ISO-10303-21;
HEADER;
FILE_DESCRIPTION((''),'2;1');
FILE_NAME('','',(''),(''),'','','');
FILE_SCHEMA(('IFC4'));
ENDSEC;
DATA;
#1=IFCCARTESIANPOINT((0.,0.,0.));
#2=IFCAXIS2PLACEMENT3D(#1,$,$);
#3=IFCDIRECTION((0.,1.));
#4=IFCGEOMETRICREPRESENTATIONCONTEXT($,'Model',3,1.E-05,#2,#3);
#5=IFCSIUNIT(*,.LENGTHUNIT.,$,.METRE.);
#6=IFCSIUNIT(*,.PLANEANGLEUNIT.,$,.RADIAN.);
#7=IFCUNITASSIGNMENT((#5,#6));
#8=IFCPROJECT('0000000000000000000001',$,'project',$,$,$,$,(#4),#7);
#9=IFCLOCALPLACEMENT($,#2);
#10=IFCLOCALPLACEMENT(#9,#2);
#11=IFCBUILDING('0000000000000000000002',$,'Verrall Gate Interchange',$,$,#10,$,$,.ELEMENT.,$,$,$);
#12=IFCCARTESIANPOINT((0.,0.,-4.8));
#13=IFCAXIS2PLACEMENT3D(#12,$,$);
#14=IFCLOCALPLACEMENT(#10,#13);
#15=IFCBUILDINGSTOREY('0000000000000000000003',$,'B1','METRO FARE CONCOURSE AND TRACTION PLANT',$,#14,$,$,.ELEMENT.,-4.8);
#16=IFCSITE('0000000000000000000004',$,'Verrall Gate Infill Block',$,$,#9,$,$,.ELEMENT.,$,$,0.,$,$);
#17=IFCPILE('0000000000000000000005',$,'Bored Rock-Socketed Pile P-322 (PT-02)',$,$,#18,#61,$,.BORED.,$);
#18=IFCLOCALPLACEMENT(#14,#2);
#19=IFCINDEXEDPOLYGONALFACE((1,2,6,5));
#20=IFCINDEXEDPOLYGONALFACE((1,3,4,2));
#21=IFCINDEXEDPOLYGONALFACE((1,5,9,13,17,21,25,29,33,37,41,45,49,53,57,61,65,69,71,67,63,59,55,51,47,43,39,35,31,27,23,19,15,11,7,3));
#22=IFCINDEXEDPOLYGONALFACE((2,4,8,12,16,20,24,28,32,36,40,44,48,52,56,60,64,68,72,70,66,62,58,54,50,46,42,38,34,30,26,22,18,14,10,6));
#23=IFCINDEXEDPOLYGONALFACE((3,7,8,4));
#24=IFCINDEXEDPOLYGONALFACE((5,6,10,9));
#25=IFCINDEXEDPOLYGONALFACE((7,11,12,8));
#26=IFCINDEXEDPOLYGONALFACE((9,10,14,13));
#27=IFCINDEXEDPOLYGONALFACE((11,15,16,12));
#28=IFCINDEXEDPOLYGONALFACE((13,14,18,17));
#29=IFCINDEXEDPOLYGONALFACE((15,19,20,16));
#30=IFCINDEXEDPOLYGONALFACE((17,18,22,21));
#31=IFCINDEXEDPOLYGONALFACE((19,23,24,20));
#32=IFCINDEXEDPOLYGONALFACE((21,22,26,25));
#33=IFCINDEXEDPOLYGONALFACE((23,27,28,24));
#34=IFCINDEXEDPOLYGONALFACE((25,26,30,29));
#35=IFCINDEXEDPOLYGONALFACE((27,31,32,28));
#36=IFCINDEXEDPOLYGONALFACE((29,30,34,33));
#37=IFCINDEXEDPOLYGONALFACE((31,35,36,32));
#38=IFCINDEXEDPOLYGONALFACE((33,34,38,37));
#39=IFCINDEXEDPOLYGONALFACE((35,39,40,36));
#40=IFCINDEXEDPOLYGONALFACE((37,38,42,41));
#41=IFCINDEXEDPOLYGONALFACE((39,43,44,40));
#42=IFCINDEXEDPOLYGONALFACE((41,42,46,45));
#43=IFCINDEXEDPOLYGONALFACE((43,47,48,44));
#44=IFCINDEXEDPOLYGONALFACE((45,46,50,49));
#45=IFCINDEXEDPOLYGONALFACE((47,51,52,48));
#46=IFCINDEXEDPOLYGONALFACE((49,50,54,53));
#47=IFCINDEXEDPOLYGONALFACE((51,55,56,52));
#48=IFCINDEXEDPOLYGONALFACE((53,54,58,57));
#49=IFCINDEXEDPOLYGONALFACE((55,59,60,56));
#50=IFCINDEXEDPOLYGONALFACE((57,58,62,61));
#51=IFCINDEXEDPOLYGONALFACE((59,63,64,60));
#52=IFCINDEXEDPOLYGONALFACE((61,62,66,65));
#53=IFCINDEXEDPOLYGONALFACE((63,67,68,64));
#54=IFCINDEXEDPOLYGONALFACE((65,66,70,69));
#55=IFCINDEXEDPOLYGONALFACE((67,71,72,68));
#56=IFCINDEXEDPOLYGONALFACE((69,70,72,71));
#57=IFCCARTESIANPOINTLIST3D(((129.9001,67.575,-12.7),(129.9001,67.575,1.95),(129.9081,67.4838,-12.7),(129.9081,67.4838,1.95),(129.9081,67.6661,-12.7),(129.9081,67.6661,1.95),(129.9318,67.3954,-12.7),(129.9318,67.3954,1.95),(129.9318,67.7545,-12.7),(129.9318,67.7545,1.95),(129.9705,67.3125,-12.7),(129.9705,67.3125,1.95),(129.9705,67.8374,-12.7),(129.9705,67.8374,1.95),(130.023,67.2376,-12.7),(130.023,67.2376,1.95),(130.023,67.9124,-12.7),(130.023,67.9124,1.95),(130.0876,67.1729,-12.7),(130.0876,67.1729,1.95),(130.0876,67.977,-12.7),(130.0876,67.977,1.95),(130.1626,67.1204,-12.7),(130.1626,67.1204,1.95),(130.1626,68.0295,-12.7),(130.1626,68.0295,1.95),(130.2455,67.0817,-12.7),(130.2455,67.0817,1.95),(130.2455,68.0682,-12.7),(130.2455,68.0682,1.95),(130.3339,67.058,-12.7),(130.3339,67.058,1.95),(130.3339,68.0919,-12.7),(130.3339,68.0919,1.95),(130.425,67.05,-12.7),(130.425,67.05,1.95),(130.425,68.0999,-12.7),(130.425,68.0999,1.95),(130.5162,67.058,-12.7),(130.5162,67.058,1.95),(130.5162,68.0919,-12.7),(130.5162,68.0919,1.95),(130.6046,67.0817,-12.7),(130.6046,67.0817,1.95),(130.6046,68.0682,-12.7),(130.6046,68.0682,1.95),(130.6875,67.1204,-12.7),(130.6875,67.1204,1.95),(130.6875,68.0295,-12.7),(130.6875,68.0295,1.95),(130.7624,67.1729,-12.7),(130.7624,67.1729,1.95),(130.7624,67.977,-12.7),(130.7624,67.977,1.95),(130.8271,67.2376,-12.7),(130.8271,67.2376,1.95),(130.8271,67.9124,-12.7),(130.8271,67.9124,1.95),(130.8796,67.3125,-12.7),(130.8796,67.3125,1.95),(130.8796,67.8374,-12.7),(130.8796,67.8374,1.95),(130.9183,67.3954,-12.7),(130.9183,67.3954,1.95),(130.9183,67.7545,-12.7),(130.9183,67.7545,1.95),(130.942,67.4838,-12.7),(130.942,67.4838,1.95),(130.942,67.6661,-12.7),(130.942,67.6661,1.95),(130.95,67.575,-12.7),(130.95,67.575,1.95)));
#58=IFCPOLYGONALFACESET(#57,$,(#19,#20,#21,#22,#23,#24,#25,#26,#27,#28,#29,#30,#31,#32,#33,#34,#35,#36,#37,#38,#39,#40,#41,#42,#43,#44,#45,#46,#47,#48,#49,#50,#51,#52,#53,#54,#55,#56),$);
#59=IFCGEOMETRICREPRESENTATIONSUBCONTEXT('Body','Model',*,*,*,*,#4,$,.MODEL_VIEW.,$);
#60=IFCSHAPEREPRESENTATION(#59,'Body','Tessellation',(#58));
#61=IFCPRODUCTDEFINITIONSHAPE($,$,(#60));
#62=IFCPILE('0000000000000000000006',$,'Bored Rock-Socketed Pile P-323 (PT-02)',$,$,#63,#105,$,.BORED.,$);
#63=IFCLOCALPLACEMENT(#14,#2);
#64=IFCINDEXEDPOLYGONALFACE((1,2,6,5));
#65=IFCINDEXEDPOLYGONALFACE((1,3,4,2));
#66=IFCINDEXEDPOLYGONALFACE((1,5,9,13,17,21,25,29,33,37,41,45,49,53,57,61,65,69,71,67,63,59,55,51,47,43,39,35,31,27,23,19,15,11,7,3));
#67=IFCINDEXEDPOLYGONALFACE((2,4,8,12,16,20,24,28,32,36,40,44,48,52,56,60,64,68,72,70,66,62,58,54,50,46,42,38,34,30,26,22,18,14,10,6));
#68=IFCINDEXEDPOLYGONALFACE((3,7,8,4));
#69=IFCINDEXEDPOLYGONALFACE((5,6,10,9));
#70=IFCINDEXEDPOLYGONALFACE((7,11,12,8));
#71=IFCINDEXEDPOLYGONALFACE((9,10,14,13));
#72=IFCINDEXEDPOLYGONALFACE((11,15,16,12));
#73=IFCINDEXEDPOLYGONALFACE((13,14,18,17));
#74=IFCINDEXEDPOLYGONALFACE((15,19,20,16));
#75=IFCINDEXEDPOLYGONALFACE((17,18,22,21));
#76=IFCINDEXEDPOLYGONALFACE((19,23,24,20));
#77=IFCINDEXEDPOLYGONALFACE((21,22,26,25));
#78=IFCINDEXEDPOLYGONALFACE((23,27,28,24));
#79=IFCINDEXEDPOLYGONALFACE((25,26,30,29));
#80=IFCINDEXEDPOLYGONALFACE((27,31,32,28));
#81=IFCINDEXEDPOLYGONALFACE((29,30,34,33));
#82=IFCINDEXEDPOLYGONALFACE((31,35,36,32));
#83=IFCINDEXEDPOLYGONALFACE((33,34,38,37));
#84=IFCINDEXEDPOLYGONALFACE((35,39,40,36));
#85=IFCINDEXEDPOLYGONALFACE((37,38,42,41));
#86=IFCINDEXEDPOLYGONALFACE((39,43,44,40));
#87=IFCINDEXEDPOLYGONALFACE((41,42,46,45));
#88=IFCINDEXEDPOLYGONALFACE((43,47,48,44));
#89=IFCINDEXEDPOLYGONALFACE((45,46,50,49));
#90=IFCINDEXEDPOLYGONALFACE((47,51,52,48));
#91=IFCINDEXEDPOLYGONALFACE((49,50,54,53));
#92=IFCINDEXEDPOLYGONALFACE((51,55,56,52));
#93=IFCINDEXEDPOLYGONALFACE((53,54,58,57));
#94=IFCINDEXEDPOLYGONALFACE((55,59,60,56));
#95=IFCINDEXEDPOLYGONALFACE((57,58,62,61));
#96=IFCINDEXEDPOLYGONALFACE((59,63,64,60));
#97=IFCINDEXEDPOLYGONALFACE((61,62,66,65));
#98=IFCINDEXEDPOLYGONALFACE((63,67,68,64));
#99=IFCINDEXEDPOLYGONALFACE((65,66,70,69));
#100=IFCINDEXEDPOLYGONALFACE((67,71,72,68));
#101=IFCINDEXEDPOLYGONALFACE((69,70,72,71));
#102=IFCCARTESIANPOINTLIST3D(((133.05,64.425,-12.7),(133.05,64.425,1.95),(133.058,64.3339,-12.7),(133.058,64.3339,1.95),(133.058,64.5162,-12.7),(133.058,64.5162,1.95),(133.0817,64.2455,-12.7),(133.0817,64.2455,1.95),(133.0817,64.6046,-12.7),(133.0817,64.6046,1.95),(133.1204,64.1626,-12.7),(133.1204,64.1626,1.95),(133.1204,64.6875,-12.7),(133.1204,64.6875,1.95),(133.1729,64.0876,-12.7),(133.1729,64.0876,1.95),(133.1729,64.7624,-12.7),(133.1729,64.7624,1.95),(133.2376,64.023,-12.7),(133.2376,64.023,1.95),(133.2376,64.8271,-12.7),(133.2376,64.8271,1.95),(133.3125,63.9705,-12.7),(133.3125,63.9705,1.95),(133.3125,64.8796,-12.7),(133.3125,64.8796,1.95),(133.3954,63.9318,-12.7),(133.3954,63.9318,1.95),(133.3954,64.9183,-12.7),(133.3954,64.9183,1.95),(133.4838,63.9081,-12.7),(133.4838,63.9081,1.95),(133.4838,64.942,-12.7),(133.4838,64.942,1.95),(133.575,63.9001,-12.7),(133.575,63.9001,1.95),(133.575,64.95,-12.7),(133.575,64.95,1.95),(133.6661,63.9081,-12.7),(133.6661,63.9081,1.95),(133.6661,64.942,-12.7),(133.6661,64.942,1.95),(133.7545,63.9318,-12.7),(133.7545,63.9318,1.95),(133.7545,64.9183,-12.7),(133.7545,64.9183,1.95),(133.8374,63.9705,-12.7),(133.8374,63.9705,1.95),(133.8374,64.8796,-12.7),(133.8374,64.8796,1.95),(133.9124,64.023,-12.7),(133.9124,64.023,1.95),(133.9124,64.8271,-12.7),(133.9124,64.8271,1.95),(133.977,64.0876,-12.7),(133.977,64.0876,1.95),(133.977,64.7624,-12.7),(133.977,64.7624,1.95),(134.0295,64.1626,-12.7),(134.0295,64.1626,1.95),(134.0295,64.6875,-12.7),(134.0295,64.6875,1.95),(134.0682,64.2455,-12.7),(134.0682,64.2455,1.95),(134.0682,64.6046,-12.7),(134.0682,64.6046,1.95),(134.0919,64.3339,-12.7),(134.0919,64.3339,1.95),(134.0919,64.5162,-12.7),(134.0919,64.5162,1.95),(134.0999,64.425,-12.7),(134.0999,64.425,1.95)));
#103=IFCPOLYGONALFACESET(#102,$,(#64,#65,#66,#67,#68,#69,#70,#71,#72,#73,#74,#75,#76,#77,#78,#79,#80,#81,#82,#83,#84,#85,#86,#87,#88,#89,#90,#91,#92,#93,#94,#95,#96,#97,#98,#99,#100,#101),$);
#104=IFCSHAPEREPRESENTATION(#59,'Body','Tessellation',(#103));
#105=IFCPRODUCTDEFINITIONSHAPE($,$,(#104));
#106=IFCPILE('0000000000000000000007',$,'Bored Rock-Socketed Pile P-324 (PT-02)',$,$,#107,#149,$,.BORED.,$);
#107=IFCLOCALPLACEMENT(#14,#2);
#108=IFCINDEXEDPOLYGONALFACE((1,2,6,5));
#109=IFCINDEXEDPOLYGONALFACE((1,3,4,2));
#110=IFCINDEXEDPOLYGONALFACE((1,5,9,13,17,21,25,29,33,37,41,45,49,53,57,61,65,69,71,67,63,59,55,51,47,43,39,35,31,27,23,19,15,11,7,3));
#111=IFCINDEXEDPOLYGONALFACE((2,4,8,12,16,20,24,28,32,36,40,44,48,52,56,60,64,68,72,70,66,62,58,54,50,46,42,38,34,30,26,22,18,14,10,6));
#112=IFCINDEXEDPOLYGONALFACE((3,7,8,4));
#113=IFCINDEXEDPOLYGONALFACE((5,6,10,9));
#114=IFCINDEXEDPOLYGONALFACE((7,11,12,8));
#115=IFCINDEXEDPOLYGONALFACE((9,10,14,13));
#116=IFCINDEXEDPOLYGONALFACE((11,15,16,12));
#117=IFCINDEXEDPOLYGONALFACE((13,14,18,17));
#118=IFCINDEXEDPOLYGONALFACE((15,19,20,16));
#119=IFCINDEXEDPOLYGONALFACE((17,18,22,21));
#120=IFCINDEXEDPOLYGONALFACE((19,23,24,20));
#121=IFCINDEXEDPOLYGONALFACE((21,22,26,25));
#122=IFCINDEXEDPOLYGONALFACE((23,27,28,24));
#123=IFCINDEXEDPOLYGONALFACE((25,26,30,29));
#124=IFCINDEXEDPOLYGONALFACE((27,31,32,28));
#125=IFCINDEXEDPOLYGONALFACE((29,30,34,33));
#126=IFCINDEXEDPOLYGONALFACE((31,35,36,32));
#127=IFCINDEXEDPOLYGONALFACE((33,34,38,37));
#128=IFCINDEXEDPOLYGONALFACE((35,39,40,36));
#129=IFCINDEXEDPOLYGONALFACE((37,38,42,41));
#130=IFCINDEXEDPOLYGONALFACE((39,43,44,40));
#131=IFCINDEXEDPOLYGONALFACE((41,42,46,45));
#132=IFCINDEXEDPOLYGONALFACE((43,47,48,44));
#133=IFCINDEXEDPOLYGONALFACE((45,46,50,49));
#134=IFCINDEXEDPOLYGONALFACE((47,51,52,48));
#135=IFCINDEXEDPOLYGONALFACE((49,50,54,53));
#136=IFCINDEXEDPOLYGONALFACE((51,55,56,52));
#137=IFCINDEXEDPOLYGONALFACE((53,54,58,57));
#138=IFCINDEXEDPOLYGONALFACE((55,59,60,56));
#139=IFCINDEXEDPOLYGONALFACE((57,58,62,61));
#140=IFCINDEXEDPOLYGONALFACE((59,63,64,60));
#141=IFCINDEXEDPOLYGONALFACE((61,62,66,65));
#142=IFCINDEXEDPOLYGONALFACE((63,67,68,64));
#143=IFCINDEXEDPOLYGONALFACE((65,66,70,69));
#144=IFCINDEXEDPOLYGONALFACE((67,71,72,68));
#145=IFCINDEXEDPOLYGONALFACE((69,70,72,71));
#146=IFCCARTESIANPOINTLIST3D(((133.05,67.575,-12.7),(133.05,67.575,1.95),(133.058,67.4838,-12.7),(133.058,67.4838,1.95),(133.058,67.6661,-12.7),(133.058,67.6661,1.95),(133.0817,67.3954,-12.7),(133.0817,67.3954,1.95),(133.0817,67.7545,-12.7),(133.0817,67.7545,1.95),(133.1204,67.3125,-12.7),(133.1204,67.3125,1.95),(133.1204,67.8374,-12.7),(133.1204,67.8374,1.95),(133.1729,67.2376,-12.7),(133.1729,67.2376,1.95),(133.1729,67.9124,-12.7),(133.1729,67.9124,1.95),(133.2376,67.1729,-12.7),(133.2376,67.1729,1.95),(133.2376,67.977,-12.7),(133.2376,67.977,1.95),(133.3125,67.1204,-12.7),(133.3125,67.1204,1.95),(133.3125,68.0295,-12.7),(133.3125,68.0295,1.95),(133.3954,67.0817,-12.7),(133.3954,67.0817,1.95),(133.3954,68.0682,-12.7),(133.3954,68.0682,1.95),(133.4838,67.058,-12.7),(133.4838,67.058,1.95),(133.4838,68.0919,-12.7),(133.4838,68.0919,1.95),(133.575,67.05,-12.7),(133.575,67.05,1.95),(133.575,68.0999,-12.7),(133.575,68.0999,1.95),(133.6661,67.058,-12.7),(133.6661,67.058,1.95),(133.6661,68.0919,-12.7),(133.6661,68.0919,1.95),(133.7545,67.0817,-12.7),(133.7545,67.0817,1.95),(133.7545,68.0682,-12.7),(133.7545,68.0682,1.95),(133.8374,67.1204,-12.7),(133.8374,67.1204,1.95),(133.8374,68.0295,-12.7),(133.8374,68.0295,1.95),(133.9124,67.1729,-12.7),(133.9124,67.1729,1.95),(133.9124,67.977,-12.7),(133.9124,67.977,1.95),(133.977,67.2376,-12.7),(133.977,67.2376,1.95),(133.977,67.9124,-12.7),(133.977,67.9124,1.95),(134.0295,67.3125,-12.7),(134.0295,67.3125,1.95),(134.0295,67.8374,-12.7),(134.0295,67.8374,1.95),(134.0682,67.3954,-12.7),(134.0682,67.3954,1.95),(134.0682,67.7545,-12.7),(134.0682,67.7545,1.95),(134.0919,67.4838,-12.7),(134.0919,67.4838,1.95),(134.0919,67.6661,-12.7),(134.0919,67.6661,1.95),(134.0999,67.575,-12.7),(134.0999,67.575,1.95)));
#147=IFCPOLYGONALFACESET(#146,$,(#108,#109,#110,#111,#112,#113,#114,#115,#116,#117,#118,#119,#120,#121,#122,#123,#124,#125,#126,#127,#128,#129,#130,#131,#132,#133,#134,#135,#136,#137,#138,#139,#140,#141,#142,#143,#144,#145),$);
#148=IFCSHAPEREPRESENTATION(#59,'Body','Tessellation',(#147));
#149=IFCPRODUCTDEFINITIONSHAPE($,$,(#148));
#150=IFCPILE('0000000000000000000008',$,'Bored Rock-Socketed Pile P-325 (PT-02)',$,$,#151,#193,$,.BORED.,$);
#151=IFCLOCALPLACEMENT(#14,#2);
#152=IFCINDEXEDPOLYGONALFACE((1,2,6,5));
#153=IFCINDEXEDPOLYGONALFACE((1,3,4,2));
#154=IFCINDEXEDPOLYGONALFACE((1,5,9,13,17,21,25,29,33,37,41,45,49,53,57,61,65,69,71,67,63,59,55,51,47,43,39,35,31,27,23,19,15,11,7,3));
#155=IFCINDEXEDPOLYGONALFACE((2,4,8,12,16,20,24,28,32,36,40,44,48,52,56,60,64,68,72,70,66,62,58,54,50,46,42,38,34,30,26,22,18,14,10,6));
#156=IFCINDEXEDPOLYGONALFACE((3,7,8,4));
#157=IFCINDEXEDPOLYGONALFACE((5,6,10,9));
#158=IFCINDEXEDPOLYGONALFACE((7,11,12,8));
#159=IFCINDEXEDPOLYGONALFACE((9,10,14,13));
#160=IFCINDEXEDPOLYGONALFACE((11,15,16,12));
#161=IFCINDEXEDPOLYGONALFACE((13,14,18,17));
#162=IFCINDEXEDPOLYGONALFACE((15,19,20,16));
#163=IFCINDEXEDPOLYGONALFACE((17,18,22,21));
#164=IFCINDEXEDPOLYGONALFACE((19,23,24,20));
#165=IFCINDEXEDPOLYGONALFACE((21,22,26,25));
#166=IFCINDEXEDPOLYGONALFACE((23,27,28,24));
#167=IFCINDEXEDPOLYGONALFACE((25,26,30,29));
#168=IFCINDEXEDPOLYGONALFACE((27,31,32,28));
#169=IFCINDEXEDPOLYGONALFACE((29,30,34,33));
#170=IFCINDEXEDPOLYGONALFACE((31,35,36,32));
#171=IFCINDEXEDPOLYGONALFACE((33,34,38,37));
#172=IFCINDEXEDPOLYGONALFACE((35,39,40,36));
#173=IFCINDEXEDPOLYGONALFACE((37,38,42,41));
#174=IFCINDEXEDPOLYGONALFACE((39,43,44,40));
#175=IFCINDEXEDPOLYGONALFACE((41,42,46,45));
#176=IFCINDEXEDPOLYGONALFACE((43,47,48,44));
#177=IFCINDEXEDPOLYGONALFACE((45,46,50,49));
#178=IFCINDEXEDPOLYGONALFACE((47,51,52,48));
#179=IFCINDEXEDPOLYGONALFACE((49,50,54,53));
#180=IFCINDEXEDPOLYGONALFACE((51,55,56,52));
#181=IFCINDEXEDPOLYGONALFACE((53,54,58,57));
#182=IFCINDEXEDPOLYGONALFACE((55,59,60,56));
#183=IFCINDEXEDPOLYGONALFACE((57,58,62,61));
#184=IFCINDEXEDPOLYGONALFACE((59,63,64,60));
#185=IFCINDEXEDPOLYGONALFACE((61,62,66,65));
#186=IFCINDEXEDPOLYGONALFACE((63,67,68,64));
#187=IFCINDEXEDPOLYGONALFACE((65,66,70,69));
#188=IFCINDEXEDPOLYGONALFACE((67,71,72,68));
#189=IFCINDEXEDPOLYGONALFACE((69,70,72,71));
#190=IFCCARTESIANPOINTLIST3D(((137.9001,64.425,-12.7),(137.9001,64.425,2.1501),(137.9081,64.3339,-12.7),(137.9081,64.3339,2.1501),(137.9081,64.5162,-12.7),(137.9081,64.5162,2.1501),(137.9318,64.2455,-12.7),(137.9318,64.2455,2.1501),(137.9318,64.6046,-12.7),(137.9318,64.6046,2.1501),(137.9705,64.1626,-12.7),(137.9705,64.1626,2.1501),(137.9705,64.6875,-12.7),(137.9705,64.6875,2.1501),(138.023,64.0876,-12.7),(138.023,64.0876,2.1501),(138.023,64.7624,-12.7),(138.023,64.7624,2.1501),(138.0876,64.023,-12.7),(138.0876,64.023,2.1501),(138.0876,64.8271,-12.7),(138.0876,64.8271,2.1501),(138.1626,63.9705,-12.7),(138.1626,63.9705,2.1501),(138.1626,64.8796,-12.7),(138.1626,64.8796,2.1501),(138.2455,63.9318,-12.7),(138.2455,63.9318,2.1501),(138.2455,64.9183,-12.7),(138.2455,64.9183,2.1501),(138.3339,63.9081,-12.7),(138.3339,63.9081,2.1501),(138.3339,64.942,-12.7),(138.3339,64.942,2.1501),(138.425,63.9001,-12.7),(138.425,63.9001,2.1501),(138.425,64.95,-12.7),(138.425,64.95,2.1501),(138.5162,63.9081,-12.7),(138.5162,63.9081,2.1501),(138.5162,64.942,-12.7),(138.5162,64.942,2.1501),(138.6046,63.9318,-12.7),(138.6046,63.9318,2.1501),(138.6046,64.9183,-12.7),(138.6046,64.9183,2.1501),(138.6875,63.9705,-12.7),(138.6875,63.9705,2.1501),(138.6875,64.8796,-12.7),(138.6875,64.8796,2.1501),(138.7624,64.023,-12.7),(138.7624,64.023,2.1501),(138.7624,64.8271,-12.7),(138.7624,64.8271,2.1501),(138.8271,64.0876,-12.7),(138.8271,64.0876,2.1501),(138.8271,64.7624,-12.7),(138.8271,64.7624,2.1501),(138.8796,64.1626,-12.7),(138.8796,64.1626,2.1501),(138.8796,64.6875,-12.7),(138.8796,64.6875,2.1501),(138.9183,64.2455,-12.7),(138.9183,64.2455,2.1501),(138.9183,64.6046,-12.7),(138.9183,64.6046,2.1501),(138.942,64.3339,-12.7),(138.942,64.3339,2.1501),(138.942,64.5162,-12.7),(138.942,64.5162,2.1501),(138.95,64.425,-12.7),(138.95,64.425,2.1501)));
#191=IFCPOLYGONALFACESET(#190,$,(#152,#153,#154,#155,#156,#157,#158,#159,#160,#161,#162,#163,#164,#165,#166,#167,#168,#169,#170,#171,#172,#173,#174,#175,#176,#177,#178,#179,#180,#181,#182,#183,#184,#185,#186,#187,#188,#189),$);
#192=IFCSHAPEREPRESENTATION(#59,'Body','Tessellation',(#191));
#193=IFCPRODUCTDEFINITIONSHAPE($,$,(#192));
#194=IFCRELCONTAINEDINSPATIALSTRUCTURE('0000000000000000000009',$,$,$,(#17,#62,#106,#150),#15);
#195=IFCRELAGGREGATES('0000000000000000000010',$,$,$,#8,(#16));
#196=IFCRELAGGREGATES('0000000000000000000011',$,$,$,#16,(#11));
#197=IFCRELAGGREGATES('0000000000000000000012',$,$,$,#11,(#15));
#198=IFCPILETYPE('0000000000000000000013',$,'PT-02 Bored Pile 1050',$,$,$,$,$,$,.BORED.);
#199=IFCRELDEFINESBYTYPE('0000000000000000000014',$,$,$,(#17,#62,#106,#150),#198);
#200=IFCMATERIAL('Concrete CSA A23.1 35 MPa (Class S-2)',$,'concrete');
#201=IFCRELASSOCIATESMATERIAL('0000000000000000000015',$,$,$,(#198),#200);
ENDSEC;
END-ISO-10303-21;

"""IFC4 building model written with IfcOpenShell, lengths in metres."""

from ifc_helpers import new_model, si_unit, direction, frame, origin, origin_2d, place, context, subcontext, project, spatial, circle, extrude, material, material_profile, profile_set, type_object, element, save


model = new_model("IFC4")

# Units and contexts
model_context = context("Model", 3, precision=1e-05, world=origin(), true_north=direction((0.0, 1.0)))
body_context = subcontext(model_context, "Body", "Model", "MODEL_VIEW")
ifc_project = project(units=[si_unit("LENGTHUNIT", "METRE"), si_unit("PLANEANGLEUNIT", "RADIAN")], contexts=[model_context])

# Site, building, storey
site_placement = place(None, origin())
site = spatial("IfcSite", under=ifc_project, at=site_placement, Name="Verrall Gate Infill Block", CompositionType="ELEMENT", RefElevation=0.0)
building_placement = place(site_placement, origin())
building = spatial("IfcBuilding", under=site, at=building_placement, Name="Verrall Gate Interchange", CompositionType="ELEMENT")
storey_placement = place(building_placement, frame((0.0, 0.0, -4.8)))
storey = spatial("IfcBuildingStorey", under=building, at=storey_placement, Name="B1", Description="METRO FARE CONCOURSE AND TRACTION PLANT", CompositionType="ELEMENT", Elevation=-4.8)

# Piles
ifc_material_1 = material(Name="Concrete CSA A23.1 35 MPa (Class S-2)", Category="concrete")
ifc_material_profile_1 = material_profile(ifc_material_1, circle(Radius=0.5249, at=origin_2d()), Name="PILE1050D")
ifc_profile_set_1 = profile_set([ifc_material_profile_1], Name="Concrete CSA A23.1 35 MPa (Class S-2)")
pile_type = type_object("IfcPileType", Name="PT-02 Bored Pile 1050", PredefinedType="BORED", material=ifc_profile_set_1)
for number, where, z_axis, x_axis, name in (
    (1, (130.425, 67.575, 1.95), (0.0, 0.0, -1.0), (1.0, 0.0, 0.0), "Bored Rock-Socketed Pile P-322 (PT-02)"),
    (2, (133.575, 64.425, 1.95), (0.0, 0.0, -1.0), (1.0, 0.0, 0.0), "Bored Rock-Socketed Pile P-323 (PT-02)"),
    (3, (133.575, 67.575, 1.95), (0.0, 0.0, -1.0), (1.0, 0.0, 0.0), "Bored Rock-Socketed Pile P-324 (PT-02)"),
):
    element("IfcPile", number, at=place(storey_placement, frame(where, z_axis=z_axis, x_axis=x_axis)), inside=storey, type_object=pile_type, Name=name, PredefinedType="BORED", context=body_context, shape_type="SweptSolid", body=[
        extrude(circle(Radius=0.5249, at=origin_2d()), origin(), (0.0, 0.0, 1.0), 14.6499),
    ])
for number, where, z_axis, x_axis, name in (
    (4, (138.425, 64.425, 2.1501), (0.0, 0.0, -1.0), (1.0, 0.0, 0.0), "Bored Rock-Socketed Pile P-325 (PT-02)"),
):
    element("IfcPile", number, at=place(storey_placement, frame(where, z_axis=z_axis, x_axis=x_axis)), inside=storey, type_object=pile_type, Name=name, PredefinedType="BORED", context=body_context, shape_type="SweptSolid", body=[
        extrude(circle(Radius=0.5249, at=origin_2d()), origin(), (0.0, 0.0, 1.0), 14.8501),
    ])

save(model, "model.ifc")
